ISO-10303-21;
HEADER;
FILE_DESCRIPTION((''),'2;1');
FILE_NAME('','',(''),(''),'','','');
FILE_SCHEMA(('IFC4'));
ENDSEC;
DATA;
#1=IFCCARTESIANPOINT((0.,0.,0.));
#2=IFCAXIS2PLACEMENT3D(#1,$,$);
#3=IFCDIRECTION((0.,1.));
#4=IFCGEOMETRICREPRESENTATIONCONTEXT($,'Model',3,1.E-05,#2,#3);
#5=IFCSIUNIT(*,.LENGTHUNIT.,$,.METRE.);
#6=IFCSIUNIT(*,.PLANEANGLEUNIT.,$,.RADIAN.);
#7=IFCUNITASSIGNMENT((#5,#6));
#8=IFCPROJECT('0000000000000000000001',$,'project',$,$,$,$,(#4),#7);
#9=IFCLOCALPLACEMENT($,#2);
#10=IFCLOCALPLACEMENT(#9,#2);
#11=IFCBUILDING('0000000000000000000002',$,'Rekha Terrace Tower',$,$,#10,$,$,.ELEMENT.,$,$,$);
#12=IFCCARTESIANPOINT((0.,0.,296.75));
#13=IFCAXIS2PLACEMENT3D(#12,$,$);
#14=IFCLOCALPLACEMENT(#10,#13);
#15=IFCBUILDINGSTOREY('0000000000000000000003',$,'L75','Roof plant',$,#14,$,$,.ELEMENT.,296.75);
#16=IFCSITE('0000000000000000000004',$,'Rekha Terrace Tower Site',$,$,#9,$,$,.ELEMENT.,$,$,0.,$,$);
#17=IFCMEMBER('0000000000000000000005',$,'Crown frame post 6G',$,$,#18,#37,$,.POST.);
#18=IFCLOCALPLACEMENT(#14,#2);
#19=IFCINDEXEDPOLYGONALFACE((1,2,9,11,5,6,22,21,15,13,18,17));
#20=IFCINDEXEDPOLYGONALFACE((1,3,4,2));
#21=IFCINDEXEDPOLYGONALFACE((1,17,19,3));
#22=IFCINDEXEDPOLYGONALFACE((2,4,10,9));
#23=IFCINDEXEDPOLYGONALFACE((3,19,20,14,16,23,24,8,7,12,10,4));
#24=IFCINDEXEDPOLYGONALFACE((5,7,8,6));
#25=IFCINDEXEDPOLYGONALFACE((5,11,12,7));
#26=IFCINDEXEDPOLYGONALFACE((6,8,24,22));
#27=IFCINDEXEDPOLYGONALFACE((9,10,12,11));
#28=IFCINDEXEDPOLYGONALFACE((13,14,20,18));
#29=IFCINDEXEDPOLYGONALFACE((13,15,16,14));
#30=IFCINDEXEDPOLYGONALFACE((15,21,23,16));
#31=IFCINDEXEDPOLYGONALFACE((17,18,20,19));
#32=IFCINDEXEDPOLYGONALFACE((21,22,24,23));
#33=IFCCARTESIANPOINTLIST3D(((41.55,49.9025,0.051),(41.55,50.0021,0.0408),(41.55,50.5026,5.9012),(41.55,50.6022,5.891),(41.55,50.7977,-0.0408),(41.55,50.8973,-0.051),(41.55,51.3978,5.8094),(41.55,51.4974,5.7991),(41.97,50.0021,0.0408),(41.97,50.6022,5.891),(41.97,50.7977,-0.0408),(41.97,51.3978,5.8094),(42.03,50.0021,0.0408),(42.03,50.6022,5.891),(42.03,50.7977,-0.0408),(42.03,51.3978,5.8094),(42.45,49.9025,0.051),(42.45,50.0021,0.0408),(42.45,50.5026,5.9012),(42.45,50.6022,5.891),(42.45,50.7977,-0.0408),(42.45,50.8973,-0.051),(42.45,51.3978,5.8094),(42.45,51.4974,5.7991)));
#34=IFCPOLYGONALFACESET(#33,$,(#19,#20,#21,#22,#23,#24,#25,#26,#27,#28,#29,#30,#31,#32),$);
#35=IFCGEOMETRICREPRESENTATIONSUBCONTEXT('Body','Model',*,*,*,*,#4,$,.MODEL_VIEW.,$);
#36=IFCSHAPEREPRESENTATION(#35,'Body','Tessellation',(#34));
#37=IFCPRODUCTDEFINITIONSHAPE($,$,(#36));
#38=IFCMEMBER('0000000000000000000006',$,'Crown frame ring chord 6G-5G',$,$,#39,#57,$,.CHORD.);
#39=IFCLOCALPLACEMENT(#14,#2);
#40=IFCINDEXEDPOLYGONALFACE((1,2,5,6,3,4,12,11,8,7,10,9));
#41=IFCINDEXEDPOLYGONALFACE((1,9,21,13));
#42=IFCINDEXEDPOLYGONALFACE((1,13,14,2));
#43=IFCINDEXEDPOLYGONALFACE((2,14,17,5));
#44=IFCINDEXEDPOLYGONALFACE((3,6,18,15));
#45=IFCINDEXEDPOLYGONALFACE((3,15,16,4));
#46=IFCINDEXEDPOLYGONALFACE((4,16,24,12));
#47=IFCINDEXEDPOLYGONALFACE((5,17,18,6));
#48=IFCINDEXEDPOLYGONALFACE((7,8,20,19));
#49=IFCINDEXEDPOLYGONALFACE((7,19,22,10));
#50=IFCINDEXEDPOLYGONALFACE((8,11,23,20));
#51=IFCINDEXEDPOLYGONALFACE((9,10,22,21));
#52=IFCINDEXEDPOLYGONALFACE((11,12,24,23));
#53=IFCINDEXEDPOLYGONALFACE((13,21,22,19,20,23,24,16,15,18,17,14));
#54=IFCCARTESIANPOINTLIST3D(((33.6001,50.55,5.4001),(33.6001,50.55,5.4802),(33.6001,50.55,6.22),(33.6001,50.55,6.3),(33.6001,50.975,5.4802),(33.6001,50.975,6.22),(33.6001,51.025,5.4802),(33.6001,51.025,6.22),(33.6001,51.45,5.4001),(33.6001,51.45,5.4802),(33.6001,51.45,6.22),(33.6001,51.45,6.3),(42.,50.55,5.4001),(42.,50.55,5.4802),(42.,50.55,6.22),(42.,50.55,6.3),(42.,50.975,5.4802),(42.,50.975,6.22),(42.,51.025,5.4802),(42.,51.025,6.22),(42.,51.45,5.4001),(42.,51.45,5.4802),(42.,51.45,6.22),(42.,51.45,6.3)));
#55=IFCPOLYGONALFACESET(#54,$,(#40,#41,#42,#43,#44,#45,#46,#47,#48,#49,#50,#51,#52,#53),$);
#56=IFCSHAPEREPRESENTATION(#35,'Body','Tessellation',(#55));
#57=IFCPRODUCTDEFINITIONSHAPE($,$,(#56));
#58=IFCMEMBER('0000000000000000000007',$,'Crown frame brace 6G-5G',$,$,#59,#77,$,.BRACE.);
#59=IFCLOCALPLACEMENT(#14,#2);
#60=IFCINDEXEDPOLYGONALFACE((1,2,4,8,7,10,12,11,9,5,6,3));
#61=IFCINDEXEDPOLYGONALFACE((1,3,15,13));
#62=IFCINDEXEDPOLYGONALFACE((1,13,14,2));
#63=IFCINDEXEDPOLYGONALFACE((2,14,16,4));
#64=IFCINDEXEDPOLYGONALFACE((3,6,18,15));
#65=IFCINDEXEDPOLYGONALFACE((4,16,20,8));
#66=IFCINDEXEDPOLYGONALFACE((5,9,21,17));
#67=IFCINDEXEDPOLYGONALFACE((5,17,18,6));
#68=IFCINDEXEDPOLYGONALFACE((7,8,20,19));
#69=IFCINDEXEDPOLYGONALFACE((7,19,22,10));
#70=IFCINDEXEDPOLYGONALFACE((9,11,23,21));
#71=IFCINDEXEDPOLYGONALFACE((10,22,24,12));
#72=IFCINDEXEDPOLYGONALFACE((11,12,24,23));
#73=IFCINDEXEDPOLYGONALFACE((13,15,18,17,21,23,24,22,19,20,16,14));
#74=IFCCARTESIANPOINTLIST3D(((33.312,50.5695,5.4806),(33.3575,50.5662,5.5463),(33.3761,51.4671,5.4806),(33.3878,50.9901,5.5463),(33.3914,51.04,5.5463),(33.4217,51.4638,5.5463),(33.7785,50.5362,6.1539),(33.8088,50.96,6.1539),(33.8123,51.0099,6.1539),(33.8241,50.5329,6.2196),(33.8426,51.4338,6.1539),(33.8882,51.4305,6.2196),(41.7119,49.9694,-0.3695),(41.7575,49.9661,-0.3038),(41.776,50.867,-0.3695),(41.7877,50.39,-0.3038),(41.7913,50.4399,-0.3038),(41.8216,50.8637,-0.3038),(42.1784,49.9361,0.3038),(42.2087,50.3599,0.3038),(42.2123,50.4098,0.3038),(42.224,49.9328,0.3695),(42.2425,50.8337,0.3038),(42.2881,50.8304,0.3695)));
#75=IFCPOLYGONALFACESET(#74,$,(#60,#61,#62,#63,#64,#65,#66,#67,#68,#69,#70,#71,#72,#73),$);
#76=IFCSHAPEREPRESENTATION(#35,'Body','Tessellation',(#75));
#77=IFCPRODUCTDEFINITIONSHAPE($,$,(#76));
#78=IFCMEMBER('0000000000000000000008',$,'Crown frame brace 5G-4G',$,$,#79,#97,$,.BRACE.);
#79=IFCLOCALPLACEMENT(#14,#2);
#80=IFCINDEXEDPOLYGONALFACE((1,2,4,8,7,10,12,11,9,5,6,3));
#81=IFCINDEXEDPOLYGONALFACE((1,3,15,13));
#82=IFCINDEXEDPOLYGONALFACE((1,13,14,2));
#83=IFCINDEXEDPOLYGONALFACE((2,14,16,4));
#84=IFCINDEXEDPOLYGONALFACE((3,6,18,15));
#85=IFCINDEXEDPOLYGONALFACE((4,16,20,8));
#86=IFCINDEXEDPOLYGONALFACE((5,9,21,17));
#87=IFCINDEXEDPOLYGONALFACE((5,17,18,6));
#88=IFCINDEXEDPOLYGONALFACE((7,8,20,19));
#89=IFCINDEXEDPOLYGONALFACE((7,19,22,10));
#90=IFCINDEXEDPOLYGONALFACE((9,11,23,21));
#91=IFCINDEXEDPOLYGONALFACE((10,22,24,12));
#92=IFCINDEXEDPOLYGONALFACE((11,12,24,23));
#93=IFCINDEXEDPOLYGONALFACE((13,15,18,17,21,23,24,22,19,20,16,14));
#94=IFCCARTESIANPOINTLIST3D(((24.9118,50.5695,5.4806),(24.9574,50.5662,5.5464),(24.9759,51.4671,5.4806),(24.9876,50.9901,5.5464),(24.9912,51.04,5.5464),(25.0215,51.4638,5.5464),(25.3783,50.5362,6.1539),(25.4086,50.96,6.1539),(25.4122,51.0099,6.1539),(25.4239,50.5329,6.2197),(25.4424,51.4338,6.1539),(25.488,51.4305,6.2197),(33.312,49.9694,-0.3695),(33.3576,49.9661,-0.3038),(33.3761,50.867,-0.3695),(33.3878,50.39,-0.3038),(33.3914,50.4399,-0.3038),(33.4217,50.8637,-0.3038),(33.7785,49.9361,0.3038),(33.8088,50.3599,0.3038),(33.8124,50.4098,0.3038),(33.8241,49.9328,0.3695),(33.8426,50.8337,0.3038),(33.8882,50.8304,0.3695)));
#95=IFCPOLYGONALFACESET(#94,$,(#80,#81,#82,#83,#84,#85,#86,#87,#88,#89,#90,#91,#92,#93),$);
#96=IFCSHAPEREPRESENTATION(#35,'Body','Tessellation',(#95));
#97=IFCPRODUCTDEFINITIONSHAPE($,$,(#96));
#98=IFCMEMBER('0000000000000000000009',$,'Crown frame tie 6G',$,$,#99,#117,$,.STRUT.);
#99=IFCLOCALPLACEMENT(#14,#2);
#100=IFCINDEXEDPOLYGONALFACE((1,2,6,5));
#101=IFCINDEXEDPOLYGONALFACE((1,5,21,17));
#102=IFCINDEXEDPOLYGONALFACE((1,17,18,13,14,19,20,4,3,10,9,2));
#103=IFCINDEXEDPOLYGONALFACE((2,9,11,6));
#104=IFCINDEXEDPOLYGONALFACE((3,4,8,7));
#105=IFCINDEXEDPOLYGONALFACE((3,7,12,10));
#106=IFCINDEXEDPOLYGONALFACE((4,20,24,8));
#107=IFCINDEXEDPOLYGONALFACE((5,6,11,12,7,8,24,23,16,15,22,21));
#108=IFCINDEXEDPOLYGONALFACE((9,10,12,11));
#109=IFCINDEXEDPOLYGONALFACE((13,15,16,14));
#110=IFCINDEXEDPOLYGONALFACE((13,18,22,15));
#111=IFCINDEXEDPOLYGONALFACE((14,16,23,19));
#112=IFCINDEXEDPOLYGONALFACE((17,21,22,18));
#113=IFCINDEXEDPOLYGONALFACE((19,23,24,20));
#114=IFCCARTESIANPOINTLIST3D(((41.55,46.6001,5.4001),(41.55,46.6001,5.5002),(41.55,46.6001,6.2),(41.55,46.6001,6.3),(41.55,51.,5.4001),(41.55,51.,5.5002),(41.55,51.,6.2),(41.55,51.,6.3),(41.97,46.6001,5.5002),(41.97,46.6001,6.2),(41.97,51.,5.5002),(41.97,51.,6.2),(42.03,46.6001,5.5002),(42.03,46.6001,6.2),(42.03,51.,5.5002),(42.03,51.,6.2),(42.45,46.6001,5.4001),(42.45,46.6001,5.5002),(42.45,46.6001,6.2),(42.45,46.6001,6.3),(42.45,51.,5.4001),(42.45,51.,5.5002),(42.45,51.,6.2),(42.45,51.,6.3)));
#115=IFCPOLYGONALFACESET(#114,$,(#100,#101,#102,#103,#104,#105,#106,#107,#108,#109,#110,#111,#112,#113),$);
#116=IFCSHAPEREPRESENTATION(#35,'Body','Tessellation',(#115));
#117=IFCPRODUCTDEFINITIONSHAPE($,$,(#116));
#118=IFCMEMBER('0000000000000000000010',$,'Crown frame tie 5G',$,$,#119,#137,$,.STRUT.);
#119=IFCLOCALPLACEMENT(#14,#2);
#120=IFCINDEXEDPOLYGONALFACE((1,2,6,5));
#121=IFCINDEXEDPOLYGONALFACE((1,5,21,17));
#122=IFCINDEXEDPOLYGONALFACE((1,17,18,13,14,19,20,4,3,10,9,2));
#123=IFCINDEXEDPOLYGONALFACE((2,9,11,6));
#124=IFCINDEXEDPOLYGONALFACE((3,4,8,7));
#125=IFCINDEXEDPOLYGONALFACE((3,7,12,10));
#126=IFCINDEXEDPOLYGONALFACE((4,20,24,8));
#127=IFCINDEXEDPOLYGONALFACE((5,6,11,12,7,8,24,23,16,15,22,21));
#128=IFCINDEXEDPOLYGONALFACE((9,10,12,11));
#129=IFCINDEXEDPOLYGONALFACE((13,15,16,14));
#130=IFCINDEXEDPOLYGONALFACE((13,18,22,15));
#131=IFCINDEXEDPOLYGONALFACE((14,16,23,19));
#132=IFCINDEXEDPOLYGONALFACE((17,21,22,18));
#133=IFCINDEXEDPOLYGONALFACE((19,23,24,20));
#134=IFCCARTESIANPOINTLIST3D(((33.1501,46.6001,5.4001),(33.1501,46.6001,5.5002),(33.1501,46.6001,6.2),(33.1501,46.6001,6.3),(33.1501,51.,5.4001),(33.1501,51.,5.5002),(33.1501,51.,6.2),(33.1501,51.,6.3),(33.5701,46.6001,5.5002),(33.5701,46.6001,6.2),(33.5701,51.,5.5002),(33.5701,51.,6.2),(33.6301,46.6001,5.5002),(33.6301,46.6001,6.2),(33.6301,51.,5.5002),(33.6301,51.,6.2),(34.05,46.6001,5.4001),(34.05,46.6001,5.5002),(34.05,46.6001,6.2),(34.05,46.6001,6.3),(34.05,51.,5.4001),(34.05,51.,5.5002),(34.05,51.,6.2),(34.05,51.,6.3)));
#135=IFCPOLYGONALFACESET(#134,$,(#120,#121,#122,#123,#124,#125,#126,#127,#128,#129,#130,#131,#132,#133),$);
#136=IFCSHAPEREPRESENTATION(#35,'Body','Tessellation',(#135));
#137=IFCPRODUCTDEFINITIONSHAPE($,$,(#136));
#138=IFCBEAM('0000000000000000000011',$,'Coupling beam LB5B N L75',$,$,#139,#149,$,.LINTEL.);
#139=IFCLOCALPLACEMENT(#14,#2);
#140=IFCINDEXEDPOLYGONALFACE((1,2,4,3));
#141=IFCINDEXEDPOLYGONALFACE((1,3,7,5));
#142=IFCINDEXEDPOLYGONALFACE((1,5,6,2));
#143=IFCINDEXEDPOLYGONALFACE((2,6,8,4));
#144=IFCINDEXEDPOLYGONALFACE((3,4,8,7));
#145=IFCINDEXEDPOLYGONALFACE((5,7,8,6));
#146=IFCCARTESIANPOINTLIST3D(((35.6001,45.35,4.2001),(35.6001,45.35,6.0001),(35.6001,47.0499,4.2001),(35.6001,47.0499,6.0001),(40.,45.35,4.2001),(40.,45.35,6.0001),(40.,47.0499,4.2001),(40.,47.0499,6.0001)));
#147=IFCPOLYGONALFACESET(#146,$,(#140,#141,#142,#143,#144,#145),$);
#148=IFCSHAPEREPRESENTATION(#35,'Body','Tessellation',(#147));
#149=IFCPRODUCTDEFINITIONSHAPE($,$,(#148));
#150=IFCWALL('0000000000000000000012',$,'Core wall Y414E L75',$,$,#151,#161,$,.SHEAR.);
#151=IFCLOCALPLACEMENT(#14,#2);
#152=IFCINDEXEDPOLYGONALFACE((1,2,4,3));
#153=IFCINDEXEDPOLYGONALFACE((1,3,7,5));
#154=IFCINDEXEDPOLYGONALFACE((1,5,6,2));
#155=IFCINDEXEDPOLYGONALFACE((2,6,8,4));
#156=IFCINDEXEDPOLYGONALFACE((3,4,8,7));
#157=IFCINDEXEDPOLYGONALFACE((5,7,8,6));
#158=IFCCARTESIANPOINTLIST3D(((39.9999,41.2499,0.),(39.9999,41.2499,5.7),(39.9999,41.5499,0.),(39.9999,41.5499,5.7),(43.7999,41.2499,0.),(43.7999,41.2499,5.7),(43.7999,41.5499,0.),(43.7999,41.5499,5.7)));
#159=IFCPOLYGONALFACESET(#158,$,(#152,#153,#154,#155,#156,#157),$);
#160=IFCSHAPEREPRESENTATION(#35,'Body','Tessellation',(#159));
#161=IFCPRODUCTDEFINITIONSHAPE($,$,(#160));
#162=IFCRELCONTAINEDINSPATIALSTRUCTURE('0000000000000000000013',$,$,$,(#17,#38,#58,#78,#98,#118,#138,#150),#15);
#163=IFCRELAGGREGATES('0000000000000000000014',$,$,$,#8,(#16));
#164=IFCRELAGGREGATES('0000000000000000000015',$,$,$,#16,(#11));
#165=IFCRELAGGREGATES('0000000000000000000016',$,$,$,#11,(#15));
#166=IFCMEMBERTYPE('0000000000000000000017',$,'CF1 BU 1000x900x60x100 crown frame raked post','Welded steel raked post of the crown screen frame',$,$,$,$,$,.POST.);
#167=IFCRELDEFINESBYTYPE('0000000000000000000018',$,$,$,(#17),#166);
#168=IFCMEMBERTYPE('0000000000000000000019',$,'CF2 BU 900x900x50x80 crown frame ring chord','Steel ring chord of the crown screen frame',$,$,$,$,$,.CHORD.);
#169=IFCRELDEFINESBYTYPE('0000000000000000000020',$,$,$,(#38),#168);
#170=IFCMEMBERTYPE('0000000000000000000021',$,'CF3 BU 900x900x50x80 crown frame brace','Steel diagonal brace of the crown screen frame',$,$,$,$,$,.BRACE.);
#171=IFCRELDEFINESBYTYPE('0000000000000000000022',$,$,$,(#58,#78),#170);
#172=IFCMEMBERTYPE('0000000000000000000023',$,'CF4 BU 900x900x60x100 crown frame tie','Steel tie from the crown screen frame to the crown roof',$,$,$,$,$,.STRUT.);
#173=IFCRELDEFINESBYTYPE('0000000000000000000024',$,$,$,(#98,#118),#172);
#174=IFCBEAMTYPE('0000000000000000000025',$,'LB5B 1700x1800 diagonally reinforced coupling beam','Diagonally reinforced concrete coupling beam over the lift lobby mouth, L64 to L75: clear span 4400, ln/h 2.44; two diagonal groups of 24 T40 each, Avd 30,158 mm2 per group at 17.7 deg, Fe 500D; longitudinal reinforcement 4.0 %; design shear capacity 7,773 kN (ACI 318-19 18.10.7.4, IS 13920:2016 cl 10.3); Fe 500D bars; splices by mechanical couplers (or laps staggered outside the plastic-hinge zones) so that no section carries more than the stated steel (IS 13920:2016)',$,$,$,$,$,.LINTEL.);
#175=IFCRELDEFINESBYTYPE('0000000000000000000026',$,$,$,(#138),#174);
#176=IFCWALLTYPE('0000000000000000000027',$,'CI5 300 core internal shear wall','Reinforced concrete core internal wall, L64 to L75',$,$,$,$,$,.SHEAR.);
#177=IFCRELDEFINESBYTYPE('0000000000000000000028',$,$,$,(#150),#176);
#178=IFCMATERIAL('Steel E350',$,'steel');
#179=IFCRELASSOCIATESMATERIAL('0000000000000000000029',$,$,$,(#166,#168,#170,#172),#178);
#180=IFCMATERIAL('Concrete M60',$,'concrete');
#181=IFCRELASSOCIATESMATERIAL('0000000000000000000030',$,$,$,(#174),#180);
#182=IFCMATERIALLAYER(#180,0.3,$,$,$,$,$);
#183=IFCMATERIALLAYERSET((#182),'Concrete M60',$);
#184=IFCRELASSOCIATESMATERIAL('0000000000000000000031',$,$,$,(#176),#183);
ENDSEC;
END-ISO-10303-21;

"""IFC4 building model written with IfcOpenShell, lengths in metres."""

from ifc_helpers import new_model, si_unit, direction, frame, frame_2d, origin, origin_2d, place, context, subcontext, project, spatial, rectangle, i_section, extrude, material, layer, layer_set, material_profile, profile_set, type_object, element, save


model = new_model("IFC4")

# Units and contexts
model_context = context("Model", 3, precision=1e-05, world=origin(), true_north=direction((0.0, 1.0)))
body_context = subcontext(model_context, "Body", "Model", "MODEL_VIEW")
ifc_project = project(units=[si_unit("LENGTHUNIT", "METRE"), si_unit("PLANEANGLEUNIT", "RADIAN")], contexts=[model_context])

# Site, building, storey
site_placement = place(None, origin())
site = spatial("IfcSite", under=ifc_project, at=site_placement, Name="Rekha Terrace Tower Site", CompositionType="ELEMENT", RefElevation=0.0)
building_placement = place(site_placement, origin())
building = spatial("IfcBuilding", under=site, at=building_placement, Name="Rekha Terrace Tower", CompositionType="ELEMENT")
storey_placement = place(building_placement, frame((0.0, 0.0, 296.75)))
storey = spatial("IfcBuildingStorey", under=building, at=storey_placement, Name="L75", Description="Roof plant", CompositionType="ELEMENT", Elevation=296.75)

# Members
ifc_material_1 = material(Name="Steel E350", Category="steel")
ifc_material_profile_1 = material_profile(ifc_material_1, i_section(OverallWidth=0.8999, OverallDepth=1.0, WebThickness=0.0601, FlangeThickness=0.1001, at=origin_2d()), Name="BU 1000x900x60x100")
ifc_profile_set_1 = profile_set([ifc_material_profile_1], Name="Steel E350")
member_type_1 = type_object("IfcMemberType", Name="CF1 BU 1000x900x60x100 crown frame raked post", Description="Welded steel raked post of the crown screen frame", PredefinedType="POST", material=ifc_profile_set_1)
member_1_placement = place(storey_placement, frame((42.0, 50.3999, 0.0), z_axis=(0.0, 0.102044, 0.99478), x_axis=(-1.0, 0.0, 0.0)))
element("IfcMember", 1, at=member_1_placement, inside=storey, type_object=member_type_1, Name="Crown frame post 6G", PredefinedType="POST", context=body_context, shape_type="SweptSolid", body=[
    extrude(i_section(OverallWidth=0.8999, OverallDepth=1.0, WebThickness=0.0601, FlangeThickness=0.1001, at=origin_2d()), origin(), (0.0, 0.0, 1.0), 5.8809),
])
ifc_material_profile_2 = material_profile(ifc_material_1, i_section(OverallWidth=0.8999, OverallDepth=0.8999, WebThickness=0.05, FlangeThickness=0.0801, at=origin_2d()), Name="BU 900x900x50x80")
ifc_profile_set_2 = profile_set([ifc_material_profile_2], Name="Steel E350")
member_type_2 = type_object("IfcMemberType", Name="CF2 BU 900x900x50x80 crown frame ring chord", Description="Steel ring chord of the crown screen frame", PredefinedType="CHORD", material=ifc_profile_set_2)
member_2_placement = place(storey_placement, frame((42.0, 51.0, 5.8501), z_axis=(-1.0, 0.0, 0.0), x_axis=(0.0, -1.0, 0.0)))
element("IfcMember", 2, at=member_2_placement, inside=storey, type_object=member_type_2, Name="Crown frame ring chord 6G-5G", PredefinedType="CHORD", context=body_context, shape_type="SweptSolid", body=[
    extrude(i_section(OverallWidth=0.8999, OverallDepth=0.8999, WebThickness=0.05, FlangeThickness=0.0801, at=origin_2d()), origin(), (0.0, 0.0, 1.0), 8.3999),
])
ifc_material_profile_3 = material_profile(ifc_material_1, i_section(OverallWidth=0.8999, OverallDepth=0.8999, WebThickness=0.05, FlangeThickness=0.0801, at=origin_2d()), Name="BU 900x900x50x80")
ifc_profile_set_3 = profile_set([ifc_material_profile_3], Name="Steel E350")
member_type_3 = type_object("IfcMemberType", Name="CF3 BU 900x900x50x80 crown frame brace", Description="Steel diagonal brace of the crown screen frame", PredefinedType="BRACE", material=ifc_profile_set_3)
member_3_placement = place(storey_placement, frame((42.0, 50.3999, 0.0), z_axis=(-0.819192, 0.058524, 0.570525), x_axis=(-0.071259, -0.997458, 0.0)))
element("IfcMember", 3, at=member_3_placement, inside=storey, type_object=member_type_3, Name="Crown frame brace 6G-5G", PredefinedType="BRACE", context=body_context, shape_type="SweptSolid", body=[
    extrude(i_section(OverallWidth=0.8999, OverallDepth=0.8999, WebThickness=0.05, FlangeThickness=0.0801, at=origin_2d()), origin(), (0.0, 0.0, 1.0), 10.2539),
])
member_4_placement = place(storey_placement, frame((33.6001, 50.3999, 0.0), z_axis=(-0.8192, 0.058523, 0.570514), x_axis=(-0.071257, -0.997458, 0.0)))
element("IfcMember", 4, at=member_4_placement, inside=storey, type_object=member_type_3, Name="Crown frame brace 5G-4G", PredefinedType="BRACE", context=body_context, shape_type="SweptSolid", body=[
    extrude(i_section(OverallWidth=0.8999, OverallDepth=0.8999, WebThickness=0.05, FlangeThickness=0.0801, at=origin_2d()), origin(), (0.0, 0.0, 1.0), 10.2542),
])
ifc_material_profile_4 = material_profile(ifc_material_1, i_section(OverallWidth=0.8999, OverallDepth=0.8999, WebThickness=0.0601, FlangeThickness=0.1001, at=origin_2d()), Name="BU 900x900x60x100")
ifc_profile_set_4 = profile_set([ifc_material_profile_4], Name="Steel E350")
member_type_4 = type_object("IfcMemberType", Name="CF4 BU 900x900x60x100 crown frame tie", Description="Steel tie from the crown screen frame to the crown roof", PredefinedType="STRUT", material=ifc_profile_set_4)
for number, where, z_axis, x_axis, name in (
    (5, (42.0, 51.0, 5.8501), (0.0, -1.0, 0.0), (1.0, 0.0, 0.0), "Crown frame tie 6G"),
    (6, (33.6001, 51.0, 5.8501), (0.0, -1.0, 0.0), (1.0, 0.0, 0.0), "Crown frame tie 5G"),
):
    element("IfcMember", number, at=place(storey_placement, frame(where, z_axis=z_axis, x_axis=x_axis)), inside=storey, type_object=member_type_4, Name=name, PredefinedType="STRUT", context=body_context, shape_type="SweptSolid", body=[
        extrude(i_section(OverallWidth=0.8999, OverallDepth=0.8999, WebThickness=0.0601, FlangeThickness=0.1001, at=origin_2d()), origin(), (0.0, 0.0, 1.0), 4.3999),
    ])

# Beam
ifc_material_2 = material(Name="Concrete M60", Category="concrete")
ifc_material_profile_5 = material_profile(ifc_material_2, rectangle(XDim=1.7, YDim=1.8, at=origin_2d()), Name="RC 1700x1800")
ifc_profile_set_5 = profile_set([ifc_material_profile_5], Name="Concrete M60")
beam_type = type_object("IfcBeamType", Name="LB5B 1700x1800 diagonally reinforced coupling beam", Description="Diagonally reinforced concrete coupling beam over the lift lobby mouth, L64 to L75: clear span 4400, ln/h 2.44; two diagonal groups of 24 T40 each, Avd 30,158 mm2 per group at 17.7 deg, Fe 500D; longitudinal reinforcement 4.0 %; design shear capacity 7,773 kN (ACI 318-19 18.10.7.4, IS 13920:2016 cl 10.3); Fe 500D bars; splices by mechanical couplers (or laps staggered outside the plastic-hinge zones) so that no section carries more than the stated steel (IS 13920:2016)", PredefinedType="LINTEL", material=ifc_profile_set_5)
beam_placement = place(storey_placement, frame((35.6001, 46.2, 5.1001), z_axis=(1.0, 0.0, 0.0), x_axis=(0.0, 1.0, 0.0)))
element("IfcBeam", 7, at=beam_placement, inside=storey, type_object=beam_type, Name="Coupling beam LB5B N L75", PredefinedType="LINTEL", context=body_context, shape_type="SweptSolid", body=[
    extrude(rectangle(XDim=1.7, YDim=1.8, at=origin_2d()), origin(), (0.0, 0.0, 1.0), 4.3999),
])

# Wall
ifc_layer_1 = layer(ifc_material_2, 0.3)
ifc_layer_set_1 = layer_set([ifc_layer_1], Name="Concrete M60")
wall_type_1 = type_object("IfcWallType", Name="CI5 300 core internal shear wall", Description="Reinforced concrete core internal wall, L64 to L75", PredefinedType="SHEAR", material=ifc_layer_set_1)
wall_1_placement = place(storey_placement, frame((40.0, 41.3999, 0.0), z_axis=(0.0, 0.0, 1.0), x_axis=(1.0, 0.0, 0.0)))
element("IfcWall", 8, at=wall_1_placement, inside=storey, type_object=wall_type_1, Name="Core wall Y414E L75", PredefinedType="SHEAR", context=body_context, shape_type="SweptSolid", body=[
    extrude(rectangle(XDim=3.8, YDim=0.3, at=frame_2d((1.8999, 0.0))), origin(), (0.0, 0.0, 1.0), 5.7),
])

save(model, "model.ifc")
